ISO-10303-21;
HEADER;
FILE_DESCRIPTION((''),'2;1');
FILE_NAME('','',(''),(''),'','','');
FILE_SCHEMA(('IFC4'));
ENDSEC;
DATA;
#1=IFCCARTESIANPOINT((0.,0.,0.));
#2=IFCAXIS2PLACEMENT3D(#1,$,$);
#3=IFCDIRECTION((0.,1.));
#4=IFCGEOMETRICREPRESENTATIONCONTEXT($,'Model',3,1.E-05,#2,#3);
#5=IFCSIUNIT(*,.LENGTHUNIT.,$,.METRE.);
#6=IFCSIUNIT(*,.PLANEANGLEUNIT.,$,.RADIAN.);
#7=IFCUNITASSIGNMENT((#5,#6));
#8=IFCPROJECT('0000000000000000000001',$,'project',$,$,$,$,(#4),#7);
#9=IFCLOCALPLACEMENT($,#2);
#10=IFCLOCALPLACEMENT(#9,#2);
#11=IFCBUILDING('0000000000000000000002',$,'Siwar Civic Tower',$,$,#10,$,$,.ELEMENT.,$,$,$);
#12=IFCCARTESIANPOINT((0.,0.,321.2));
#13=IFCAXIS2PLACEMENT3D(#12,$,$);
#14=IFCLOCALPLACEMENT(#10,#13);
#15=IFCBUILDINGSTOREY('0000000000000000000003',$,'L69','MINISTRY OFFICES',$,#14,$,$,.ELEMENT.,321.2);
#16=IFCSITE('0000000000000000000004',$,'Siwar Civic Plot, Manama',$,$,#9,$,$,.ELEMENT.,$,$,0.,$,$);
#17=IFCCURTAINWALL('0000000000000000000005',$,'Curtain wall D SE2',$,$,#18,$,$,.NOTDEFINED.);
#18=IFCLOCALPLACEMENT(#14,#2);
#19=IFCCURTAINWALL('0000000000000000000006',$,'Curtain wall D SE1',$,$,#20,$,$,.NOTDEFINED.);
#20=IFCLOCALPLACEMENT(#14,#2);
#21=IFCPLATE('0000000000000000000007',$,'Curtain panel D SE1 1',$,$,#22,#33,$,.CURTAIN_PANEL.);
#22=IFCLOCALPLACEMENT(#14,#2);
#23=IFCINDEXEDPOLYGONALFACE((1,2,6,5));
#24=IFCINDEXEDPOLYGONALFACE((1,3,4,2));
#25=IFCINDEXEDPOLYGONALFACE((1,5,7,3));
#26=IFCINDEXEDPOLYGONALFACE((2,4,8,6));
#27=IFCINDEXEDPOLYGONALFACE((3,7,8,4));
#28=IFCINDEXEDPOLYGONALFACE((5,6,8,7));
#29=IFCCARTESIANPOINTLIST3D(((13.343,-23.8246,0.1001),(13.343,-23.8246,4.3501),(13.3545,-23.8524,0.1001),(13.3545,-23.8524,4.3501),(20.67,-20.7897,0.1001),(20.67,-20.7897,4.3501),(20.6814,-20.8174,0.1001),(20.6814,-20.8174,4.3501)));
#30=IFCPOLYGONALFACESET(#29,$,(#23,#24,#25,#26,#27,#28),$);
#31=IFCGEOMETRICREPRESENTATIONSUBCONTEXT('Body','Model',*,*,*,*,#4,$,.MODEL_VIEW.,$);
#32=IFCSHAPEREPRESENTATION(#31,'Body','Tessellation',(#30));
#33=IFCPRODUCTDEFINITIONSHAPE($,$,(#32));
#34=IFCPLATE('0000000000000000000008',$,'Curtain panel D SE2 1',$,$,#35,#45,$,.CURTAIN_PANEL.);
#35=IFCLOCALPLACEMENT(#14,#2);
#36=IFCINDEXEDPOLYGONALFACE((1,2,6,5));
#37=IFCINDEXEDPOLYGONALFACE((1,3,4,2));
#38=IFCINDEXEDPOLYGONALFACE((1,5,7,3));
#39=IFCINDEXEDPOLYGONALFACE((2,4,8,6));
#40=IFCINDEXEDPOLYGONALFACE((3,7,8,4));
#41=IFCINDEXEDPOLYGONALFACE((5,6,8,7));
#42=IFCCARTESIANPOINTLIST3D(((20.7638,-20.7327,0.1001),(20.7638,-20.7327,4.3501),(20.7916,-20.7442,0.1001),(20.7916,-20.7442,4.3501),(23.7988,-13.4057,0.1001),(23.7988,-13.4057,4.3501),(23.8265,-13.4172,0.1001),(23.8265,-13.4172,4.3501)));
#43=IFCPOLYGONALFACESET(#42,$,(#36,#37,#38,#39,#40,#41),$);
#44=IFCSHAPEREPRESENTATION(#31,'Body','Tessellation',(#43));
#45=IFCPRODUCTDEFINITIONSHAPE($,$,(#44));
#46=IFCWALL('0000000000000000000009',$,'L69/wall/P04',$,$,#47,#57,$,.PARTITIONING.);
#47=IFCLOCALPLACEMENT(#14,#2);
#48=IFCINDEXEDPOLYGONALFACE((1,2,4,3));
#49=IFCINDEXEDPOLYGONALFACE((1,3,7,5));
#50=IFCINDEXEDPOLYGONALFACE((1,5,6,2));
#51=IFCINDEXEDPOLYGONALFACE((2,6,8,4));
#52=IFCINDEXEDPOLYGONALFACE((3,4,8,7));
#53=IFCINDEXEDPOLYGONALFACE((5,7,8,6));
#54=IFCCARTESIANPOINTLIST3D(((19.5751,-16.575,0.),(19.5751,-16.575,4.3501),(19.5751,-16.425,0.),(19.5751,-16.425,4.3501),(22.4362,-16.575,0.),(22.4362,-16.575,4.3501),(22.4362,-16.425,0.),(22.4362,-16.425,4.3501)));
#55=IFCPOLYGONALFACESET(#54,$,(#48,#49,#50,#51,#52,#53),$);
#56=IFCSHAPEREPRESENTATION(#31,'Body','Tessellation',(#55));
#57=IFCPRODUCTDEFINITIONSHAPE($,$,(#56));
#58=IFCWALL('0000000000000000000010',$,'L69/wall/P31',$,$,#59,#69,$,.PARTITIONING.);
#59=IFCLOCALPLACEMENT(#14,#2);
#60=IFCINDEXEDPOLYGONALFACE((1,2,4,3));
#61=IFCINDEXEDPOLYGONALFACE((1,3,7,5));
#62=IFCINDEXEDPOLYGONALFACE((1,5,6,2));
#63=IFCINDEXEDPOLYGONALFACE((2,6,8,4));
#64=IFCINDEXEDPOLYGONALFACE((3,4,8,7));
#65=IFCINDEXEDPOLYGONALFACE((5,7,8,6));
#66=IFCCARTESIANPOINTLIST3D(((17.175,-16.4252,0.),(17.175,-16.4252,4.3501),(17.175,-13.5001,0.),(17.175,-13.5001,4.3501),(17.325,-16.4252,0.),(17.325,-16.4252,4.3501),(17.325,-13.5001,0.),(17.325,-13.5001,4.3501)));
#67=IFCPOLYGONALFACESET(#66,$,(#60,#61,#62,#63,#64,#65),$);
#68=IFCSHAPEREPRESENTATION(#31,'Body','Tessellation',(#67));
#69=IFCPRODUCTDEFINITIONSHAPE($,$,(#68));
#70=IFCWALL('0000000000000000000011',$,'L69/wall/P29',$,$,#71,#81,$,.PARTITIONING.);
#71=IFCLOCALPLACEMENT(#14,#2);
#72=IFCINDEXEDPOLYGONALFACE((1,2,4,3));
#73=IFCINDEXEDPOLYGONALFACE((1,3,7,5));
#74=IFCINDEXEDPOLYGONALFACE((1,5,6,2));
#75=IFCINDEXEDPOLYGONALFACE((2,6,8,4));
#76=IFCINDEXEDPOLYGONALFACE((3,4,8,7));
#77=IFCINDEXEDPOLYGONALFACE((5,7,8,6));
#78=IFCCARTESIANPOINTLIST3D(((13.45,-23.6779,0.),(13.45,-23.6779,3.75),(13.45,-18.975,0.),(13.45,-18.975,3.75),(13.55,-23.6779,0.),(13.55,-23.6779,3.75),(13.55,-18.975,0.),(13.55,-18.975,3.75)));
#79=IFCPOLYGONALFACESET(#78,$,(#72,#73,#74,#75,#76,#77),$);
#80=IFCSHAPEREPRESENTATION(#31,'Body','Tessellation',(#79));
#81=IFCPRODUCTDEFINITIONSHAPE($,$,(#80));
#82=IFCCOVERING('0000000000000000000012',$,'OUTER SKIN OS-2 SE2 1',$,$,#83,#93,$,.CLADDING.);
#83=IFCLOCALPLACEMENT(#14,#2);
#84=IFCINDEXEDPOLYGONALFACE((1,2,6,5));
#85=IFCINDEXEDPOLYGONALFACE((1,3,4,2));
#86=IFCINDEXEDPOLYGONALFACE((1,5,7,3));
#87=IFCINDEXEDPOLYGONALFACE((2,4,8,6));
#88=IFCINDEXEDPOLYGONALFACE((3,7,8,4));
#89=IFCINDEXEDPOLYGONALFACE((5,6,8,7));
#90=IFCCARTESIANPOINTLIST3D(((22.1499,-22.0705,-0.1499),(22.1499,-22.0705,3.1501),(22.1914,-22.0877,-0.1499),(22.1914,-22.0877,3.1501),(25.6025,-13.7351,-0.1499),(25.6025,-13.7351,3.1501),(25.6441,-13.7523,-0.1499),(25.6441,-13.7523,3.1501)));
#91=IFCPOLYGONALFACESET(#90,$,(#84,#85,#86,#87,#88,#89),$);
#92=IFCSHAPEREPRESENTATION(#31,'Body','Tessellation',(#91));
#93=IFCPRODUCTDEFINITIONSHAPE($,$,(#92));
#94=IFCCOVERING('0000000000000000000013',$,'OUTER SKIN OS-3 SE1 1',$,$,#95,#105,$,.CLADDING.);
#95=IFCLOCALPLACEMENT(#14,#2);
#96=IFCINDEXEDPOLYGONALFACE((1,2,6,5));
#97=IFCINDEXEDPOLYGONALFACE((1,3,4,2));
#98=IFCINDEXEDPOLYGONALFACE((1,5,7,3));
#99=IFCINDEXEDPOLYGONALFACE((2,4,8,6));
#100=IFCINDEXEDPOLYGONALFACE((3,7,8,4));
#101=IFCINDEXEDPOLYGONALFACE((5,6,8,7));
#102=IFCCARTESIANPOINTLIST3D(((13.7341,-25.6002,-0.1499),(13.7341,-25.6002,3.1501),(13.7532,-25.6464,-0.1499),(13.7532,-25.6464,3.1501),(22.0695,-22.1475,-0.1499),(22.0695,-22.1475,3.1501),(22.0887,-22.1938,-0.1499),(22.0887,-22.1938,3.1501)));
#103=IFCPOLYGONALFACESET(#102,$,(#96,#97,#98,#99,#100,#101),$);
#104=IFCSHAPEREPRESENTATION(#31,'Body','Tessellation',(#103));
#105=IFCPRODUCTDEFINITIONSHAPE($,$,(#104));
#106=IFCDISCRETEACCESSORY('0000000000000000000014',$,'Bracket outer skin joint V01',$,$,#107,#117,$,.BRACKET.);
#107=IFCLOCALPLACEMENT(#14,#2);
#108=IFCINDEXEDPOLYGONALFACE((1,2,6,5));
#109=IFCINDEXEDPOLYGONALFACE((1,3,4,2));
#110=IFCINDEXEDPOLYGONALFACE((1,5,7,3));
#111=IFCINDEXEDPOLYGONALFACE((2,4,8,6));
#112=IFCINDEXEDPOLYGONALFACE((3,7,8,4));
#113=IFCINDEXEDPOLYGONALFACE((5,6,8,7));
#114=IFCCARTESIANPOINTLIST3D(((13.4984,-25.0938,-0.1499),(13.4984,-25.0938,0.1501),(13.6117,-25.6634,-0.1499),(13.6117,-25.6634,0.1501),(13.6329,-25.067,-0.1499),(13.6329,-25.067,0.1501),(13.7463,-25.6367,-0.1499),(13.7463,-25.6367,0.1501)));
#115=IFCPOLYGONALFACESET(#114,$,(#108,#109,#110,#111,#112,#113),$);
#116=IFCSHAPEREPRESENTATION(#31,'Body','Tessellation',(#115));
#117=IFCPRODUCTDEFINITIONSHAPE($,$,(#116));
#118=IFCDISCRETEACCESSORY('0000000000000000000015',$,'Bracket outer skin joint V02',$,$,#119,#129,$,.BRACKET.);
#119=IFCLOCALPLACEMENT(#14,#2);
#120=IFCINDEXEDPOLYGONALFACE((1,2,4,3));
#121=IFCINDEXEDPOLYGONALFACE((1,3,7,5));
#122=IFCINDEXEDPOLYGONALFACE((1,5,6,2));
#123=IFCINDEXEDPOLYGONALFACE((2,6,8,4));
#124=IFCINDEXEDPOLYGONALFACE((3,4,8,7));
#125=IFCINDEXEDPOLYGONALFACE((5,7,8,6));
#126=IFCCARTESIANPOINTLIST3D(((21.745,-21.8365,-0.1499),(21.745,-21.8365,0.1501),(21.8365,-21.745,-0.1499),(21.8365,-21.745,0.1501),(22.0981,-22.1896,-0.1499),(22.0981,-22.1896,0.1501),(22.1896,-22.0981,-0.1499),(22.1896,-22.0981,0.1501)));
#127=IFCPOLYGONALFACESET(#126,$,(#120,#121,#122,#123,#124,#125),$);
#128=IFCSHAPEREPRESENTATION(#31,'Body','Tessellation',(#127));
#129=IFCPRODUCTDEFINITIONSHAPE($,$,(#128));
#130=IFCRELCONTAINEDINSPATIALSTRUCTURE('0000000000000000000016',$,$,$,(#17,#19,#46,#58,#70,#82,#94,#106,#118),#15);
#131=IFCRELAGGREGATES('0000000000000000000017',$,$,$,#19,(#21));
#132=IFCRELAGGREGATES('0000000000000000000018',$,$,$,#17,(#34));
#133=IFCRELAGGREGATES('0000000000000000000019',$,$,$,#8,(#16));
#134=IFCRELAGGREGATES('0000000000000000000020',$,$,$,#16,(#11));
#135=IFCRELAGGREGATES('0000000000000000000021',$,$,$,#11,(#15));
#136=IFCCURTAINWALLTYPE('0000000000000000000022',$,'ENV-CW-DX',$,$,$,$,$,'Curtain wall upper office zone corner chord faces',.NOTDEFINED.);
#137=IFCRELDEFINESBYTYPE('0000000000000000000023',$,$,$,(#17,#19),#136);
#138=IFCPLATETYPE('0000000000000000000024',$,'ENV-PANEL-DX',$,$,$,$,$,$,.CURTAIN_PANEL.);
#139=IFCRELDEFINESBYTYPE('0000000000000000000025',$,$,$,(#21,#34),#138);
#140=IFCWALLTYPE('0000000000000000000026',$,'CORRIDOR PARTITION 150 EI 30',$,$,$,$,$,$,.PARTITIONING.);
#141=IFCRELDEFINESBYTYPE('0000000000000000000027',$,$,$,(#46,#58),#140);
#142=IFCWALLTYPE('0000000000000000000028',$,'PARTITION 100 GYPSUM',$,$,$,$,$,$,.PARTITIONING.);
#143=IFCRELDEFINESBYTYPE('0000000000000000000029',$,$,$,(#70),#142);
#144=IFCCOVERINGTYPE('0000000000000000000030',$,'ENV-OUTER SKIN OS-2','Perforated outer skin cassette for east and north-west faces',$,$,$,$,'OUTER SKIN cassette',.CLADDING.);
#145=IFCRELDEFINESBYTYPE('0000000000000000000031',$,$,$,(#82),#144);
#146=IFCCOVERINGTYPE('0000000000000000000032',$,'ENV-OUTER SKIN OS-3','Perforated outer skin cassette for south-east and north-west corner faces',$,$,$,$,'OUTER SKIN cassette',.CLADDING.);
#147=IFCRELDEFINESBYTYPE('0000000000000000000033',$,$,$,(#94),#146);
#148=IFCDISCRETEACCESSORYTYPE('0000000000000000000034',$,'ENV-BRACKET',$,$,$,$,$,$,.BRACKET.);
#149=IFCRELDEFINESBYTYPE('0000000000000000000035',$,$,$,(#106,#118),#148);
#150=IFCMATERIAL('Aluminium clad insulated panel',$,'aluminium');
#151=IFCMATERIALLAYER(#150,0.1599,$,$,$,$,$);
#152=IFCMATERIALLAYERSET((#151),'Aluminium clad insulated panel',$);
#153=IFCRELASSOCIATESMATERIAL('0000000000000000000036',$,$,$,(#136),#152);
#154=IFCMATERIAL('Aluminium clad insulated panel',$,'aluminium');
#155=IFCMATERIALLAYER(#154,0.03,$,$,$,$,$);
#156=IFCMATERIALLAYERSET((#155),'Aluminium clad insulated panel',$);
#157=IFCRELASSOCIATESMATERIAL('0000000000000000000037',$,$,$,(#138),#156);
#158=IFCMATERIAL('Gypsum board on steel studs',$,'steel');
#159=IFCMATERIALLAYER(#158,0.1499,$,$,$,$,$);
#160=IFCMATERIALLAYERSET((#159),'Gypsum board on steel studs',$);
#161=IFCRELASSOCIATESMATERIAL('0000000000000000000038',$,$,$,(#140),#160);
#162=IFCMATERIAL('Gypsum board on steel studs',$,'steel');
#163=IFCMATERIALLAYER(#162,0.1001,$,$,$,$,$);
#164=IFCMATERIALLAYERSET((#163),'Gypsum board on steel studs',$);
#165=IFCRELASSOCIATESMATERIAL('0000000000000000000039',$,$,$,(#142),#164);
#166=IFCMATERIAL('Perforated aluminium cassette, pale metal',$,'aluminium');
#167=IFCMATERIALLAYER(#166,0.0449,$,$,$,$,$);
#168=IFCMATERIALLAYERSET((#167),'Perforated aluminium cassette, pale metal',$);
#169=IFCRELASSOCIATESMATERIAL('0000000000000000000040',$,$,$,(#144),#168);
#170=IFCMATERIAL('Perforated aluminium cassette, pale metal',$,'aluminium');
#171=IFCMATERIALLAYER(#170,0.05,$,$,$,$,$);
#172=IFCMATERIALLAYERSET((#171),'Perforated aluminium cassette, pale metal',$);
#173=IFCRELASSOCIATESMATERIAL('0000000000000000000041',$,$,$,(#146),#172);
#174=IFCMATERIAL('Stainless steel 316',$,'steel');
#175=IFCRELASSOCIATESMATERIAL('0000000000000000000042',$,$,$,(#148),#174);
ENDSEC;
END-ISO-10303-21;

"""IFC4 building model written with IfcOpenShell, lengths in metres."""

from ifc_helpers import new_model, si_unit, direction, frame, frame_2d, origin, origin_2d, place, context, subcontext, project, spatial, rectangle, extrude, material, layer, layer_set, type_object, element, aggregate, save


model = new_model("IFC4")

# Units and contexts
model_context = context("Model", 3, precision=1e-05, world=origin(), true_north=direction((0.0, 1.0)))
body_context = subcontext(model_context, "Body", "Model", "MODEL_VIEW")
ifc_project = project(units=[si_unit("LENGTHUNIT", "METRE"), si_unit("PLANEANGLEUNIT", "RADIAN")], contexts=[model_context])

# Site, building, storey
site_placement = place(None, origin())
site = spatial("IfcSite", under=ifc_project, at=site_placement, Name="Siwar Civic Plot, Manama", CompositionType="ELEMENT", RefElevation=0.0)
building_placement = place(site_placement, origin())
building = spatial("IfcBuilding", under=site, at=building_placement, Name="Siwar Civic Tower", CompositionType="ELEMENT")
storey_placement = place(building_placement, frame((0.0, 0.0, 321.2)))
storey = spatial("IfcBuildingStorey", under=building, at=storey_placement, Name="L69", Description="MINISTRY OFFICES", CompositionType="ELEMENT", Elevation=321.2)

# Curtain wall
ifc_material_1 = material(Name="Aluminium clad insulated panel", Category="aluminium")
ifc_layer_1 = layer(ifc_material_1, 0.1599)
ifc_layer_set_1 = layer_set([ifc_layer_1], Name="Aluminium clad insulated panel")
curtain_wall_type = type_object("IfcCurtainWallType", Name="ENV-CW-DX", ElementType="Curtain wall upper office zone corner chord faces", PredefinedType="NOTDEFINED", material=ifc_layer_set_1)
curtain_wall_1_placement = place(storey_placement, origin())
curtain_wall_1 = element("IfcCurtainWall", 1, at=curtain_wall_1_placement, inside=storey, type_object=curtain_wall_type, Name="Curtain wall D SE2", PredefinedType="NOTDEFINED")

# Curtain wall, plate
curtain_wall_2_placement = place(storey_placement, origin())
curtain_wall_2 = element("IfcCurtainWall", 2, at=curtain_wall_2_placement, inside=storey, type_object=curtain_wall_type, Name="Curtain wall D SE1", PredefinedType="NOTDEFINED")
ifc_material_2 = material(Name="Aluminium clad insulated panel", Category="aluminium")
ifc_layer_2 = layer(ifc_material_2, 0.03)
ifc_layer_set_2 = layer_set([ifc_layer_2], Name="Aluminium clad insulated panel")
plate_type = type_object("IfcPlateType", Name="ENV-PANEL-DX", PredefinedType="CURTAIN_PANEL", material=ifc_layer_set_2)
plate_1_placement = place(storey_placement, frame((17.0122, -22.321, 0.1001), z_axis=(0.0, 0.0, 1.0), x_axis=(0.92388, 0.382683, 0.0)))
plate_1 = element("IfcPlate", 3, at=plate_1_placement, type_object=plate_type, Name="Curtain panel D SE1 1", PredefinedType="CURTAIN_PANEL", context=body_context, shape_type="SweptSolid", body=[
    extrude(rectangle(XDim=7.9307, YDim=0.03, at=origin_2d()), origin(), (0.0, 0.0, 1.0), 4.25),
])
aggregate(curtain_wall_2, [plate_1])

# Plate
plate_2_placement = place(storey_placement, frame((22.2952, -17.075, 0.1001), z_axis=(0.0, 0.0, 1.0), x_axis=(0.382683, 0.92388, 0.0)))
plate_2 = element("IfcPlate", 4, at=plate_2_placement, type_object=plate_type, Name="Curtain panel D SE2 1", PredefinedType="CURTAIN_PANEL", context=body_context, shape_type="SweptSolid", body=[
    extrude(rectangle(XDim=7.9307, YDim=0.03, at=origin_2d()), origin(), (0.0, 0.0, 1.0), 4.25),
])
aggregate(curtain_wall_1, [plate_2])

# Walls
ifc_material_3 = material(Name="Gypsum board on steel studs", Category="steel")
ifc_layer_3 = layer(ifc_material_3, 0.1499)
ifc_layer_set_3 = layer_set([ifc_layer_3], Name="Gypsum board on steel studs")
wall_type_1 = type_object("IfcWallType", Name="CORRIDOR PARTITION 150 EI 30", PredefinedType="PARTITIONING", material=ifc_layer_set_3)
wall_1_placement = place(storey_placement, frame((19.575, -16.5, 0.0), z_axis=(0.0, 0.0, 1.0), x_axis=(1.0, 0.0, 0.0)))
element("IfcWall", 5, at=wall_1_placement, inside=storey, type_object=wall_type_1, Name="L69/wall/P04", PredefinedType="PARTITIONING", context=body_context, shape_type="SweptSolid", body=[
    extrude(rectangle(XDim=2.8611, YDim=0.1499, at=frame_2d((1.4307, 0.0))), origin(), (0.0, 0.0, 1.0), 4.3501),
])
wall_2_placement = place(storey_placement, frame((17.25, -16.425, 0.0), z_axis=(0.0, 0.0, 1.0), x_axis=(0.0, 1.0, 0.0)))
element("IfcWall", 6, at=wall_2_placement, inside=storey, type_object=wall_type_1, Name="L69/wall/P31", PredefinedType="PARTITIONING", context=body_context, shape_type="SweptSolid", body=[
    extrude(rectangle(XDim=2.925, YDim=0.1499, at=frame_2d((1.4624, 0.0))), origin(), (0.0, 0.0, 1.0), 4.3501),
])
ifc_material_4 = material(Name="Gypsum board on steel studs", Category="steel")
ifc_layer_4 = layer(ifc_material_4, 0.1001)
ifc_layer_set_4 = layer_set([ifc_layer_4], Name="Gypsum board on steel studs")
wall_type_2 = type_object("IfcWallType", Name="PARTITION 100 GYPSUM", PredefinedType="PARTITIONING", material=ifc_layer_set_4)
wall_3_placement = place(storey_placement, frame((13.5, -23.678, 0.0), z_axis=(0.0, 0.0, 1.0), x_axis=(0.0, 1.0, 0.0)))
element("IfcWall", 7, at=wall_3_placement, inside=storey, type_object=wall_type_2, Name="L69/wall/P29", PredefinedType="PARTITIONING", context=body_context, shape_type="SweptSolid", body=[
    extrude(rectangle(XDim=4.7029, YDim=0.1001, at=frame_2d((2.3516, 0.0))), origin(), (0.0, 0.0, 1.0), 3.75),
])

# Coverings
ifc_material_5 = material(Name="Perforated aluminium cassette, pale metal", Category="aluminium")
ifc_layer_5 = layer(ifc_material_5, 0.0449)
ifc_layer_set_5 = layer_set([ifc_layer_5], Name="Perforated aluminium cassette, pale metal")
covering_type_1 = type_object("IfcCoveringType", Name="ENV-OUTER SKIN OS-2", Description="Perforated outer skin cassette for east and north-west faces", ElementType="OUTER SKIN cassette", PredefinedType="CLADDING", material=ifc_layer_set_5)
covering_1_placement = place(storey_placement, frame((23.897, -17.9114, -0.1499), z_axis=(0.0, 0.0, 1.0), x_axis=(0.382683, 0.92388, 0.0)))
element("IfcCovering", 8, at=covering_1_placement, inside=storey, type_object=covering_type_1, Name="OUTER SKIN OS-2 SE2 1", PredefinedType="CLADDING", context=body_context, shape_type="SweptSolid", body=[
    extrude(rectangle(XDim=9.0222, YDim=0.0449, at=origin_2d()), origin(), (0.0, 0.0, 1.0), 3.3),
])
ifc_material_6 = material(Name="Perforated aluminium cassette, pale metal", Category="aluminium")
ifc_layer_6 = layer(ifc_material_6, 0.05)
ifc_layer_set_6 = layer_set([ifc_layer_6], Name="Perforated aluminium cassette, pale metal")
covering_type_2 = type_object("IfcCoveringType", Name="ENV-OUTER SKIN OS-3", Description="Perforated outer skin cassette for south-east and north-west corner faces", ElementType="OUTER SKIN cassette", PredefinedType="CLADDING", material=ifc_layer_set_6)
covering_2_placement = place(storey_placement, frame((17.9114, -23.897, -0.1499), z_axis=(0.0, 0.0, 1.0), x_axis=(0.92388, 0.382683, 0.0)))
element("IfcCovering", 9, at=covering_2_placement, inside=storey, type_object=covering_type_2, Name="OUTER SKIN OS-3 SE1 1", PredefinedType="CLADDING", context=body_context, shape_type="SweptSolid", body=[
    extrude(rectangle(XDim=9.0222, YDim=0.05, at=origin_2d()), origin(), (0.0, 0.0, 1.0), 3.3),
])

# Discrete accessories
ifc_material_7 = material(Name="Stainless steel 316", Category="steel")
discrete_accessory_type = type_object("IfcDiscreteAccessoryType", Name="ENV-BRACKET", PredefinedType="BRACKET", material=ifc_material_7)
discrete_accessory_1_placement = place(storey_placement, frame((13.6223, -25.3652, -0.1499), z_axis=(0.0, 0.0, 1.0), x_axis=(0.19509, -0.980785, 0.0)))
element("IfcDiscreteAccessory", 10, at=discrete_accessory_1_placement, inside=storey, type_object=discrete_accessory_type, Name="Bracket outer skin joint V01", PredefinedType="BRACKET", context=body_context, shape_type="SweptSolid", body=[
    extrude(rectangle(XDim=0.5808, YDim=0.1372, at=origin_2d()), origin(), (0.0, 0.0, 1.0), 0.3),
])
discrete_accessory_2_placement = place(storey_placement, frame((21.9673, -21.9673, -0.1499), z_axis=(0.0, 0.0, 1.0), x_axis=(0.707107, -0.707107, 0.0)))
element("IfcDiscreteAccessory", 11, at=discrete_accessory_2_placement, inside=storey, type_object=discrete_accessory_type, Name="Bracket outer skin joint V02", PredefinedType="BRACKET", context=body_context, shape_type="SweptSolid", body=[
    extrude(rectangle(XDim=0.4993, YDim=0.1294, at=origin_2d()), origin(), (0.0, 0.0, 1.0), 0.3),
])

save(model, "model.ifc")
